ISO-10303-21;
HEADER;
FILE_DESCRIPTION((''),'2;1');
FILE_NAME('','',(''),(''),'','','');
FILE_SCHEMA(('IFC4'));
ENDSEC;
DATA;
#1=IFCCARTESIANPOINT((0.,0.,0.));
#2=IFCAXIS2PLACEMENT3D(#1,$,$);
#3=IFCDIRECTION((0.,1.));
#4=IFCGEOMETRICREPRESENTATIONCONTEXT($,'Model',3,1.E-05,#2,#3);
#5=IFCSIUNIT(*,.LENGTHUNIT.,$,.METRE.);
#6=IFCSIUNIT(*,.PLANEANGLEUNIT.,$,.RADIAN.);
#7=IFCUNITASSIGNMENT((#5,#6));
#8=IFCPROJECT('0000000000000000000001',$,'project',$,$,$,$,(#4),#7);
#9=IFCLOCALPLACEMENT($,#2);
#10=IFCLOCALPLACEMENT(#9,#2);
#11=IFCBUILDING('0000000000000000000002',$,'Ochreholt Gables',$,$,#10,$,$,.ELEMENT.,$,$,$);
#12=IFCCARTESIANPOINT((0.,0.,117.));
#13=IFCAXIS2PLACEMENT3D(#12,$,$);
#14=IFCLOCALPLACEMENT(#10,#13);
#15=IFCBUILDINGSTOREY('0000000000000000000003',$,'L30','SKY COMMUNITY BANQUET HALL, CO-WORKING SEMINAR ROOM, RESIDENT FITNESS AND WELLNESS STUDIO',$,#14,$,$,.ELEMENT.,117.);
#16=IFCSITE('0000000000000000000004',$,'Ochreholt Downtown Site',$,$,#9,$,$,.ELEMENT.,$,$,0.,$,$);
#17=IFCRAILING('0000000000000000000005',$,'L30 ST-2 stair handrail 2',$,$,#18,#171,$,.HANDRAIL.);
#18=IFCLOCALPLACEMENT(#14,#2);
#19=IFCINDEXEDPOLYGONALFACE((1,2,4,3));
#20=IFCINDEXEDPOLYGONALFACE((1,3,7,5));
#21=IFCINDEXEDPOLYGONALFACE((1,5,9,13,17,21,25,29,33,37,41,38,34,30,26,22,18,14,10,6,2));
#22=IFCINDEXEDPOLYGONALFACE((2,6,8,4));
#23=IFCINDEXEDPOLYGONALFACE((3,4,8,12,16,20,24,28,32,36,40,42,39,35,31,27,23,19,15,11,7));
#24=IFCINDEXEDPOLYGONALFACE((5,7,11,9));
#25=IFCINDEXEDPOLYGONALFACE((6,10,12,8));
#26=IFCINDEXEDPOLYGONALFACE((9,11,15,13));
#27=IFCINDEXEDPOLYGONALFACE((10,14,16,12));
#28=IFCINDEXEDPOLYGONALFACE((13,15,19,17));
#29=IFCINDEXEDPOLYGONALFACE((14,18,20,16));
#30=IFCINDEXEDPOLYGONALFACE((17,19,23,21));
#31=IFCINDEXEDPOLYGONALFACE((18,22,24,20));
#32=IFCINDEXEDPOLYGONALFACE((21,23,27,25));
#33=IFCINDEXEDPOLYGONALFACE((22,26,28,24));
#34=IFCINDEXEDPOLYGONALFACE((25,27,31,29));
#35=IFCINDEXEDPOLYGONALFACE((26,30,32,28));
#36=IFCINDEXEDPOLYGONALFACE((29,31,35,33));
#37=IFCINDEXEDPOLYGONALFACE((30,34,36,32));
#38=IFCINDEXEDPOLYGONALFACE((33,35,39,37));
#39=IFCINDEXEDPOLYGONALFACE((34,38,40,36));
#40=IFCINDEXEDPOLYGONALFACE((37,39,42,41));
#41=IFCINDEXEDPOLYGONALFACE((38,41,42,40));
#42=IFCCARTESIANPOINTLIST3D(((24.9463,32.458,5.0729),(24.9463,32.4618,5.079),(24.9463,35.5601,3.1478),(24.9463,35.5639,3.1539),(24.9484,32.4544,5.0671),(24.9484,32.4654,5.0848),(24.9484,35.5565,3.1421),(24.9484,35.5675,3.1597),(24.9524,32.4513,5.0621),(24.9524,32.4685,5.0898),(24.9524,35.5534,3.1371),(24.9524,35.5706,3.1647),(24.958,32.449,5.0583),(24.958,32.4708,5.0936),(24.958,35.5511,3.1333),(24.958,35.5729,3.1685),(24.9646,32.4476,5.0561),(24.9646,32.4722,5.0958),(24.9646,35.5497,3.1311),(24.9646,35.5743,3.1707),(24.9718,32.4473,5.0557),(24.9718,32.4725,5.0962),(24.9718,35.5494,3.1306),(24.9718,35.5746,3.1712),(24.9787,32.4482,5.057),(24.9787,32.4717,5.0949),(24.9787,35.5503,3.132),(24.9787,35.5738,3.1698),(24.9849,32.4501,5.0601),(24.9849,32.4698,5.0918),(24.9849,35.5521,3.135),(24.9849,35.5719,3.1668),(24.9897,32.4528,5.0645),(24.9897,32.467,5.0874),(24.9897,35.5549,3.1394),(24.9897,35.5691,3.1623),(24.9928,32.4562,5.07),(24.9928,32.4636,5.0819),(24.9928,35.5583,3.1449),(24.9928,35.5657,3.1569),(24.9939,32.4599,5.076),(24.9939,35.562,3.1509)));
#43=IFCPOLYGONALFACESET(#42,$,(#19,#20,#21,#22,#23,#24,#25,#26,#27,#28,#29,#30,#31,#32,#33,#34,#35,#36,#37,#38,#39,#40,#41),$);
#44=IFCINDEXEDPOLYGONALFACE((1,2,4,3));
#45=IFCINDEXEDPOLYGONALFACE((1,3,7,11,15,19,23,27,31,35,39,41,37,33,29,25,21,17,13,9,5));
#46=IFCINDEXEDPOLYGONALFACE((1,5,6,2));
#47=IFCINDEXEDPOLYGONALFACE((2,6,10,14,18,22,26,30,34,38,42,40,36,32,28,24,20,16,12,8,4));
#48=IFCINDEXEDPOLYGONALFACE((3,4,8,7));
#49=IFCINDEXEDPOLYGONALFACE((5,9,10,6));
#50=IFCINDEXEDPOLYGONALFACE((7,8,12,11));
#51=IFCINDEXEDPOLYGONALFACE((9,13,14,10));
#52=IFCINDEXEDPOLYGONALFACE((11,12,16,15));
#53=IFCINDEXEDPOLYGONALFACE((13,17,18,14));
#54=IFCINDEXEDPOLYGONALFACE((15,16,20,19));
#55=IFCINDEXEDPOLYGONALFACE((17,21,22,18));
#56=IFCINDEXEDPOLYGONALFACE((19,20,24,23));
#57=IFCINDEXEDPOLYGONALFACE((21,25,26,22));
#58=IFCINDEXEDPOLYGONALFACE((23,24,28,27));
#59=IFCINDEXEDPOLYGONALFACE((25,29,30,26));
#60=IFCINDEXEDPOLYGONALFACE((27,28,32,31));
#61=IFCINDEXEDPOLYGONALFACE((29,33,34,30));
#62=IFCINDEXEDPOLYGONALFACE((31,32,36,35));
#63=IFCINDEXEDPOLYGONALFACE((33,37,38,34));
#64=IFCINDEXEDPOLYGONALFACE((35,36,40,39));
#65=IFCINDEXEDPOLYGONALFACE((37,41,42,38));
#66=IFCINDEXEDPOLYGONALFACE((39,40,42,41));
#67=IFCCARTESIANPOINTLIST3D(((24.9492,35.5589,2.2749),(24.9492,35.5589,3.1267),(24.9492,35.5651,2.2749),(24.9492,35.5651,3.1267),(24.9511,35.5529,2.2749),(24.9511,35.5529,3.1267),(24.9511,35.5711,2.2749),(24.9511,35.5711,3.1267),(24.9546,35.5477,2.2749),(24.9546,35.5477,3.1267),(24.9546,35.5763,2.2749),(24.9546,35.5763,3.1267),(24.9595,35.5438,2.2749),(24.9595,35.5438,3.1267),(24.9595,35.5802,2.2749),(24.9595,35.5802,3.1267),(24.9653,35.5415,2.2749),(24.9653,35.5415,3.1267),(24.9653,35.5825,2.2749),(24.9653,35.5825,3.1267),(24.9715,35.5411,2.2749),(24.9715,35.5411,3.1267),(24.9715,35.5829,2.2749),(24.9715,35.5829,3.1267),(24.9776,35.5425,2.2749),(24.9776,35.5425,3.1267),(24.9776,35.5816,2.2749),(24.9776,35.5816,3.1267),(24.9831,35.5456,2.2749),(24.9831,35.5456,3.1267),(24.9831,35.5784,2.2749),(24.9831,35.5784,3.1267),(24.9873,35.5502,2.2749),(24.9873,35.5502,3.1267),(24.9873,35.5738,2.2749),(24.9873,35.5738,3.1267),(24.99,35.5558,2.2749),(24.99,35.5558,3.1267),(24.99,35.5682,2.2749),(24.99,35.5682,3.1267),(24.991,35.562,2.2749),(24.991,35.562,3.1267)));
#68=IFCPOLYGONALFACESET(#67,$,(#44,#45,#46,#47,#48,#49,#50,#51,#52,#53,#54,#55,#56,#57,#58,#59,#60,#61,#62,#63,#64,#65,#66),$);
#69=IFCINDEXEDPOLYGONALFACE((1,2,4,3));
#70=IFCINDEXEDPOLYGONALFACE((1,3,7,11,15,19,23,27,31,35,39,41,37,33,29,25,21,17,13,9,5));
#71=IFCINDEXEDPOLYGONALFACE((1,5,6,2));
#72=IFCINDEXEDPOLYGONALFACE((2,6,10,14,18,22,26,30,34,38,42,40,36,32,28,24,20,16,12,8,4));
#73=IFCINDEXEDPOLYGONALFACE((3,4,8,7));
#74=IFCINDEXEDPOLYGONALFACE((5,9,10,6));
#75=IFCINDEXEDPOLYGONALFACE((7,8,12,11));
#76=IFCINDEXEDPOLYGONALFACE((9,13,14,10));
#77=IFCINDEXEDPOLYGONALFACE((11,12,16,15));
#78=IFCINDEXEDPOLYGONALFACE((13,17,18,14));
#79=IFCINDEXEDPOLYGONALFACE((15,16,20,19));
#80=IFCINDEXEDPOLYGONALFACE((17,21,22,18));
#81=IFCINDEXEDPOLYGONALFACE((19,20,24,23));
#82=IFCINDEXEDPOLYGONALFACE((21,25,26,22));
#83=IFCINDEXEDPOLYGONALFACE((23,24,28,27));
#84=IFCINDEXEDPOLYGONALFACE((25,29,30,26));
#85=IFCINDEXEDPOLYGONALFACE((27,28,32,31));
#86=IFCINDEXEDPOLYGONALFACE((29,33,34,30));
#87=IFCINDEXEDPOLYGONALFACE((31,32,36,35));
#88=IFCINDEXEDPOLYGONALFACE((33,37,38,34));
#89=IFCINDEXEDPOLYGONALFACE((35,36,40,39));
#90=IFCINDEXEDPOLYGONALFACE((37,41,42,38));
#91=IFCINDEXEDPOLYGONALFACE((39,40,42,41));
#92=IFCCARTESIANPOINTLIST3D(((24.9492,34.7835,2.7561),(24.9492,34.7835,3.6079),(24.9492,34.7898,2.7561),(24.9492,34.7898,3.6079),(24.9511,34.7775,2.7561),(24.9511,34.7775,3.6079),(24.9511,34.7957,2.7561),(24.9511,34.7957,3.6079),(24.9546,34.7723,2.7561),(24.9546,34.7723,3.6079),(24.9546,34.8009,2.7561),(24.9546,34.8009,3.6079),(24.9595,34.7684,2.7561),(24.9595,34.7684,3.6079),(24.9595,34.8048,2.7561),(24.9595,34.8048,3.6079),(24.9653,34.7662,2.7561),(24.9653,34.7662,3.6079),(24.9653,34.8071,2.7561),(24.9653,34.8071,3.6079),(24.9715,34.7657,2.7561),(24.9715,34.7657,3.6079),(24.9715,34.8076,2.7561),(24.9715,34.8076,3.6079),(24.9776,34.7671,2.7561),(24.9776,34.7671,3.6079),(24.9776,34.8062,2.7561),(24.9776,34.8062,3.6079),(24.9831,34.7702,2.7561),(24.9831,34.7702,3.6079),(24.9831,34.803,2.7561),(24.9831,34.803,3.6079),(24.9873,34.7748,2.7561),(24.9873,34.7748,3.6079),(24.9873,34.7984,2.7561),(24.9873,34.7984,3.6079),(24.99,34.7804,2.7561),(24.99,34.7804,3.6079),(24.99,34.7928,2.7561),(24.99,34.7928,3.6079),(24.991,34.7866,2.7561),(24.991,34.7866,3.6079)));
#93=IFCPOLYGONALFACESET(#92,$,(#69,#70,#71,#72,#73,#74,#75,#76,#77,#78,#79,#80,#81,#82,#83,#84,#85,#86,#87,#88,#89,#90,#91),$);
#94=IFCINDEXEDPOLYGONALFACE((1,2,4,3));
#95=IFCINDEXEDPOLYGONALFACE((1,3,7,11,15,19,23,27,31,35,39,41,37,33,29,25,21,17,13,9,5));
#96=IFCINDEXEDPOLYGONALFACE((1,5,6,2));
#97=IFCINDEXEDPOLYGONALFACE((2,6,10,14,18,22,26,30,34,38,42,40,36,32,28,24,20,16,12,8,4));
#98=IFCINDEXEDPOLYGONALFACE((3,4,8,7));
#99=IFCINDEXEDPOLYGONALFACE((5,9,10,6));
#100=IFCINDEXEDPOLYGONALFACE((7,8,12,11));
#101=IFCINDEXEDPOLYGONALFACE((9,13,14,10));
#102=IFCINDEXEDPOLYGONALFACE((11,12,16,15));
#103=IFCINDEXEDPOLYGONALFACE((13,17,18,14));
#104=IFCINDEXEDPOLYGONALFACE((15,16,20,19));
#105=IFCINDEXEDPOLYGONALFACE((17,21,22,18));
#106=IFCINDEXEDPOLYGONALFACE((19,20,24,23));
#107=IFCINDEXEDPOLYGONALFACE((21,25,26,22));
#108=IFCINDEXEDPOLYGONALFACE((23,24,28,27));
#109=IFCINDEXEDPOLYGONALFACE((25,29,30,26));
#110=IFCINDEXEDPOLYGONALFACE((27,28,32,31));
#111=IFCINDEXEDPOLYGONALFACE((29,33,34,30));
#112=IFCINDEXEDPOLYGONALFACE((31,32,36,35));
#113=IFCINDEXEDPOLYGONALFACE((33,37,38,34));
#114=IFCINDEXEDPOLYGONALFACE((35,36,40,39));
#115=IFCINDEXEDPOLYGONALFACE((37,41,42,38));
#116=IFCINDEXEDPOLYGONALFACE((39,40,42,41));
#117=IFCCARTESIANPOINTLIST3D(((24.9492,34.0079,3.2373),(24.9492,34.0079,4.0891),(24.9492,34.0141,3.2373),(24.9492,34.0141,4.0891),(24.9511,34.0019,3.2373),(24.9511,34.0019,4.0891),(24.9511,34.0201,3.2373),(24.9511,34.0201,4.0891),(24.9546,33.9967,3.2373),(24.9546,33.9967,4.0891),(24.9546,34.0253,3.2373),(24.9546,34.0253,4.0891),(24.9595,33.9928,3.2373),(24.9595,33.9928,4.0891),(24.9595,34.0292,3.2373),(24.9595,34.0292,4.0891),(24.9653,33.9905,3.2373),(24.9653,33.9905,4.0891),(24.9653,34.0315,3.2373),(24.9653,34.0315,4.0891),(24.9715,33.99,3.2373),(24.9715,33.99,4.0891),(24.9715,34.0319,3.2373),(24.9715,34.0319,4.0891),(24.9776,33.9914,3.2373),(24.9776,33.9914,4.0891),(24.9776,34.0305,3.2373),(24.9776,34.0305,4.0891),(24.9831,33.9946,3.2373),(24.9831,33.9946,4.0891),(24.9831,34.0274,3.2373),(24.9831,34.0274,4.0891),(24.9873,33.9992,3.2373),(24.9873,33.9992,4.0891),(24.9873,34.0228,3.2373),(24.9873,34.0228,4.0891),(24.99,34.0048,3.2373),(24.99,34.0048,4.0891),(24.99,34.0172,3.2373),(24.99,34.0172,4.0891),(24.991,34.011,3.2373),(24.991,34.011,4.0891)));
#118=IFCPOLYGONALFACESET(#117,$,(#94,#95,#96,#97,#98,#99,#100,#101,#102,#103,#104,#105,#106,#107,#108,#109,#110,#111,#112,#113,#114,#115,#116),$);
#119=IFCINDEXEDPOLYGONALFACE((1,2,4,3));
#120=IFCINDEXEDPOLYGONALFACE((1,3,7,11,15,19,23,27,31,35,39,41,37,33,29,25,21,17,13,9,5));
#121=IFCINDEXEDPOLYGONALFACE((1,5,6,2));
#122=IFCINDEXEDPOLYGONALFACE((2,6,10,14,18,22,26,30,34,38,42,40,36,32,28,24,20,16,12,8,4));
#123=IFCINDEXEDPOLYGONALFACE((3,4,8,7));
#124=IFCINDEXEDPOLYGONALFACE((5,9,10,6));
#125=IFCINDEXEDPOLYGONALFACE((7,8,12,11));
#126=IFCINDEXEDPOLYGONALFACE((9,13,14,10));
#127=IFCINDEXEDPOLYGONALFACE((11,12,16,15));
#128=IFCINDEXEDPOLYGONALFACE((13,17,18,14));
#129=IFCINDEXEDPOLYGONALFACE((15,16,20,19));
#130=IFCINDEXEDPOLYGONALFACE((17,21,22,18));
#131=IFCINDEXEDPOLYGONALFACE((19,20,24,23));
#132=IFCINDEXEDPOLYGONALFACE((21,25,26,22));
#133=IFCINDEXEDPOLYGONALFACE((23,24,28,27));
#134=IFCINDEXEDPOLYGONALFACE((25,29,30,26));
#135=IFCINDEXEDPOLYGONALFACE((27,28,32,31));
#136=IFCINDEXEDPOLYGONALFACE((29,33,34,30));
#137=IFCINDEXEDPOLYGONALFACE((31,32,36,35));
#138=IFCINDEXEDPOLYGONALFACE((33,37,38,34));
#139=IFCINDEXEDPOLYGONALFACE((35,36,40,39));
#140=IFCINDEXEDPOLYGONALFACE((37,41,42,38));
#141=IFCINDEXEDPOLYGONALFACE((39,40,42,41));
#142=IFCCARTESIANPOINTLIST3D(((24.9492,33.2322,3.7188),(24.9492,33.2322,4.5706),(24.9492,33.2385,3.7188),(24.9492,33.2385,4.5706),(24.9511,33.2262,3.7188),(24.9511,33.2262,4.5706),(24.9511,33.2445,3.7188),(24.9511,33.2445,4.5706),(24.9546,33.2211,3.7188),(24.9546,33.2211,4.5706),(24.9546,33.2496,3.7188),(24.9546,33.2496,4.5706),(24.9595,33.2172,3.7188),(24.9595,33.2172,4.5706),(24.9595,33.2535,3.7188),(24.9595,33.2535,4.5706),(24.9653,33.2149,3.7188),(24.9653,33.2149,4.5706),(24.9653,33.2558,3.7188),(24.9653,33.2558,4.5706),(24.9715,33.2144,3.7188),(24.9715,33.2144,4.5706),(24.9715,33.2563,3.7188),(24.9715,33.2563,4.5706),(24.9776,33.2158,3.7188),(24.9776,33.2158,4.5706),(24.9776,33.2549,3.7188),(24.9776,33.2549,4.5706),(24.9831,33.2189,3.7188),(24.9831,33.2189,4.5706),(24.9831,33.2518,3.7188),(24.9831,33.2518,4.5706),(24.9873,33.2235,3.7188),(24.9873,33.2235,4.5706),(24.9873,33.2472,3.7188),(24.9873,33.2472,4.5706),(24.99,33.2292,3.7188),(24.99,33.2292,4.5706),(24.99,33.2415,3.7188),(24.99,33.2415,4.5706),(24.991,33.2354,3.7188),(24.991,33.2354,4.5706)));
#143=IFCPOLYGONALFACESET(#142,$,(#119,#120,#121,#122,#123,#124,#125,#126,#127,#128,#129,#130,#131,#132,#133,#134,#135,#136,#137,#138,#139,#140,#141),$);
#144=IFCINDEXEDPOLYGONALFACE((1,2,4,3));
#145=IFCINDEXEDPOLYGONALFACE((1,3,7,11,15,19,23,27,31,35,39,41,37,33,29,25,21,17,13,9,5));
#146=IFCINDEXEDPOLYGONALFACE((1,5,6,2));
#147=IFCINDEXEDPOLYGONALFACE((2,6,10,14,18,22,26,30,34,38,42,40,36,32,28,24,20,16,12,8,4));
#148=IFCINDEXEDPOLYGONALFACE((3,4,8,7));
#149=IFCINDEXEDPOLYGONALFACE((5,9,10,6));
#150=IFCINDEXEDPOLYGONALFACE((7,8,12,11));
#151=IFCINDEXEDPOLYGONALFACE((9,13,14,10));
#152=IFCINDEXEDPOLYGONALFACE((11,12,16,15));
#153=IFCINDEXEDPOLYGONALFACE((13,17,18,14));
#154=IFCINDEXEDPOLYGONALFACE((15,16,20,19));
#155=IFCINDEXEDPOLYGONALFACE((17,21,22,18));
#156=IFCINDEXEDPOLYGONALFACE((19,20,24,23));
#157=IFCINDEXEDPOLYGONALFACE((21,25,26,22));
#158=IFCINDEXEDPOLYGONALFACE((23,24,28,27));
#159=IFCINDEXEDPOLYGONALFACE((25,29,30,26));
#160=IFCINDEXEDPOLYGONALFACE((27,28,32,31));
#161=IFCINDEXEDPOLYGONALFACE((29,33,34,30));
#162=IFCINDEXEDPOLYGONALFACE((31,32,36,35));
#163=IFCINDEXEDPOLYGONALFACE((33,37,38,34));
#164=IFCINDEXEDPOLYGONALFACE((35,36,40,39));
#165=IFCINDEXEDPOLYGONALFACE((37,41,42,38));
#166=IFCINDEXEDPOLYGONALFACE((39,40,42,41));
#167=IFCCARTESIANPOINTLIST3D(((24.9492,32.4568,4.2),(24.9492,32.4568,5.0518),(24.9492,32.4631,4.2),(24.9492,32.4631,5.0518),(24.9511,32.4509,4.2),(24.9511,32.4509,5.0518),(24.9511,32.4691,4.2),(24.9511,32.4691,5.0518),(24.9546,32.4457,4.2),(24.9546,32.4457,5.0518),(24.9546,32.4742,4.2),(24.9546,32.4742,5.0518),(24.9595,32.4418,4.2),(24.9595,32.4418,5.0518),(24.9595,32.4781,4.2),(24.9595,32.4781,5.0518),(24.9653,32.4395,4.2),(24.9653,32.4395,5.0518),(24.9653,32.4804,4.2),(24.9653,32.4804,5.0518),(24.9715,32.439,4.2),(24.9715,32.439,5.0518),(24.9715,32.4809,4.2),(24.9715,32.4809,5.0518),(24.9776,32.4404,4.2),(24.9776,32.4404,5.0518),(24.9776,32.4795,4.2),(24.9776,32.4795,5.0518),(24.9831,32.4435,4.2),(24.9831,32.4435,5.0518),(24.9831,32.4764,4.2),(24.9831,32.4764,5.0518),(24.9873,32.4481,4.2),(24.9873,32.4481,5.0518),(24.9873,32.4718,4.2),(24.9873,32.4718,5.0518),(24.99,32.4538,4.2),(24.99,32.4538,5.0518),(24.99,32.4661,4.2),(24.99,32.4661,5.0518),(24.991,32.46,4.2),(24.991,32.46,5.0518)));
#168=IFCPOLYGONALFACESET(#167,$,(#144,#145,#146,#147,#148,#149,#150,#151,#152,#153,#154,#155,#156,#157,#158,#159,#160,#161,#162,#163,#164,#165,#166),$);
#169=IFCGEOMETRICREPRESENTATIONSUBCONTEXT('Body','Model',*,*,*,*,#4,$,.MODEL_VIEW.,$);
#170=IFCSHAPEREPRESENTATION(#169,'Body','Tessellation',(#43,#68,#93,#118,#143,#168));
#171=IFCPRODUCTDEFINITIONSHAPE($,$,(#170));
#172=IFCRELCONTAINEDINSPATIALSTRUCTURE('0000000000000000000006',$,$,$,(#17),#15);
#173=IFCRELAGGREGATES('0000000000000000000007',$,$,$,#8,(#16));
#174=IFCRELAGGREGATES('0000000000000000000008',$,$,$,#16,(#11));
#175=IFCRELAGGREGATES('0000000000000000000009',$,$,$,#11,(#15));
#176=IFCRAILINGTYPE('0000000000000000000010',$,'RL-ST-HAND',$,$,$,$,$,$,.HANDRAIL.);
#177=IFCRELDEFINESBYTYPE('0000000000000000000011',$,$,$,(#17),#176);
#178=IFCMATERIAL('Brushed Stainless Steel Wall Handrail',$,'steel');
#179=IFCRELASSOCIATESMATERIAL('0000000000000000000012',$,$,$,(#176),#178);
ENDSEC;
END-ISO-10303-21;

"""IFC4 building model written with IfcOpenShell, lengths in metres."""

from ifc_helpers import new_model, si_unit, direction, frame, origin, origin_2d, place, context, subcontext, project, spatial, circle, extrude, material, type_object, element, save


model = new_model("IFC4")

# Units and contexts
model_context = context("Model", 3, precision=1e-05, world=origin(), true_north=direction((0.0, 1.0)))
body_context = subcontext(model_context, "Body", "Model", "MODEL_VIEW")
ifc_project = project(units=[si_unit("LENGTHUNIT", "METRE"), si_unit("PLANEANGLEUNIT", "RADIAN")], contexts=[model_context])

# Site, building, storey
site_placement = place(None, origin())
site = spatial("IfcSite", under=ifc_project, at=site_placement, Name="Ochreholt Downtown Site", CompositionType="ELEMENT", RefElevation=0.0)
building_placement = place(site_placement, origin())
building = spatial("IfcBuilding", under=site, at=building_placement, Name="Ochreholt Gables", CompositionType="ELEMENT")
storey_placement = place(building_placement, frame((0.0, 0.0, 117.0)))
storey = spatial("IfcBuildingStorey", under=building, at=storey_placement, Name="L30", Description="SKY COMMUNITY BANQUET HALL, CO-WORKING SEMINAR ROOM, RESIDENT FITNESS AND WELLNESS STUDIO", CompositionType="ELEMENT", Elevation=117.0)

# Railing
ifc_material_1 = material(Name="Brushed Stainless Steel Wall Handrail", Category="steel")
railing_type_1 = type_object("IfcRailingType", Name="RL-ST-HAND", PredefinedType="HANDRAIL", material=ifc_material_1)
railing_1_placement = place(storey_placement, frame((24.97, 35.562, 2.2749)))
element("IfcRailing", 1, at=railing_1_placement, inside=storey, type_object=railing_type_1, Name="L30 ST-2 stair handrail 2", PredefinedType="HANDRAIL", context=body_context, shape_type="SweptSolid", body=[
    extrude(circle(Radius=0.0239, at=origin_2d()), frame((0.0, 0.0, 0.876), z_axis=(0.0, -0.849685, 0.527291), x_axis=(1.0, 0.0, 0.0)), (0.0, 0.0, 1.0), 3.6509),
    extrude(circle(Radius=0.021, at=origin_2d()), origin(), (0.0, 0.0, 1.0), 0.8518),
    extrude(circle(Radius=0.021, at=origin_2d()), frame((0.0, -0.7754, 0.4812)), (0.0, 0.0, 1.0), 0.8518),
    extrude(circle(Radius=0.021, at=origin_2d()), frame((0.0, -1.551, 0.9624)), (0.0, 0.0, 1.0), 0.8518),
    extrude(circle(Radius=0.021, at=origin_2d()), frame((0.0, -2.3267, 1.4438)), (0.0, 0.0, 1.0), 0.8518),
    extrude(circle(Radius=0.021, at=origin_2d()), frame((0.0, -3.1021, 1.925)), (0.0, 0.0, 1.0), 0.8518),
])

save(model, "model.ifc")
